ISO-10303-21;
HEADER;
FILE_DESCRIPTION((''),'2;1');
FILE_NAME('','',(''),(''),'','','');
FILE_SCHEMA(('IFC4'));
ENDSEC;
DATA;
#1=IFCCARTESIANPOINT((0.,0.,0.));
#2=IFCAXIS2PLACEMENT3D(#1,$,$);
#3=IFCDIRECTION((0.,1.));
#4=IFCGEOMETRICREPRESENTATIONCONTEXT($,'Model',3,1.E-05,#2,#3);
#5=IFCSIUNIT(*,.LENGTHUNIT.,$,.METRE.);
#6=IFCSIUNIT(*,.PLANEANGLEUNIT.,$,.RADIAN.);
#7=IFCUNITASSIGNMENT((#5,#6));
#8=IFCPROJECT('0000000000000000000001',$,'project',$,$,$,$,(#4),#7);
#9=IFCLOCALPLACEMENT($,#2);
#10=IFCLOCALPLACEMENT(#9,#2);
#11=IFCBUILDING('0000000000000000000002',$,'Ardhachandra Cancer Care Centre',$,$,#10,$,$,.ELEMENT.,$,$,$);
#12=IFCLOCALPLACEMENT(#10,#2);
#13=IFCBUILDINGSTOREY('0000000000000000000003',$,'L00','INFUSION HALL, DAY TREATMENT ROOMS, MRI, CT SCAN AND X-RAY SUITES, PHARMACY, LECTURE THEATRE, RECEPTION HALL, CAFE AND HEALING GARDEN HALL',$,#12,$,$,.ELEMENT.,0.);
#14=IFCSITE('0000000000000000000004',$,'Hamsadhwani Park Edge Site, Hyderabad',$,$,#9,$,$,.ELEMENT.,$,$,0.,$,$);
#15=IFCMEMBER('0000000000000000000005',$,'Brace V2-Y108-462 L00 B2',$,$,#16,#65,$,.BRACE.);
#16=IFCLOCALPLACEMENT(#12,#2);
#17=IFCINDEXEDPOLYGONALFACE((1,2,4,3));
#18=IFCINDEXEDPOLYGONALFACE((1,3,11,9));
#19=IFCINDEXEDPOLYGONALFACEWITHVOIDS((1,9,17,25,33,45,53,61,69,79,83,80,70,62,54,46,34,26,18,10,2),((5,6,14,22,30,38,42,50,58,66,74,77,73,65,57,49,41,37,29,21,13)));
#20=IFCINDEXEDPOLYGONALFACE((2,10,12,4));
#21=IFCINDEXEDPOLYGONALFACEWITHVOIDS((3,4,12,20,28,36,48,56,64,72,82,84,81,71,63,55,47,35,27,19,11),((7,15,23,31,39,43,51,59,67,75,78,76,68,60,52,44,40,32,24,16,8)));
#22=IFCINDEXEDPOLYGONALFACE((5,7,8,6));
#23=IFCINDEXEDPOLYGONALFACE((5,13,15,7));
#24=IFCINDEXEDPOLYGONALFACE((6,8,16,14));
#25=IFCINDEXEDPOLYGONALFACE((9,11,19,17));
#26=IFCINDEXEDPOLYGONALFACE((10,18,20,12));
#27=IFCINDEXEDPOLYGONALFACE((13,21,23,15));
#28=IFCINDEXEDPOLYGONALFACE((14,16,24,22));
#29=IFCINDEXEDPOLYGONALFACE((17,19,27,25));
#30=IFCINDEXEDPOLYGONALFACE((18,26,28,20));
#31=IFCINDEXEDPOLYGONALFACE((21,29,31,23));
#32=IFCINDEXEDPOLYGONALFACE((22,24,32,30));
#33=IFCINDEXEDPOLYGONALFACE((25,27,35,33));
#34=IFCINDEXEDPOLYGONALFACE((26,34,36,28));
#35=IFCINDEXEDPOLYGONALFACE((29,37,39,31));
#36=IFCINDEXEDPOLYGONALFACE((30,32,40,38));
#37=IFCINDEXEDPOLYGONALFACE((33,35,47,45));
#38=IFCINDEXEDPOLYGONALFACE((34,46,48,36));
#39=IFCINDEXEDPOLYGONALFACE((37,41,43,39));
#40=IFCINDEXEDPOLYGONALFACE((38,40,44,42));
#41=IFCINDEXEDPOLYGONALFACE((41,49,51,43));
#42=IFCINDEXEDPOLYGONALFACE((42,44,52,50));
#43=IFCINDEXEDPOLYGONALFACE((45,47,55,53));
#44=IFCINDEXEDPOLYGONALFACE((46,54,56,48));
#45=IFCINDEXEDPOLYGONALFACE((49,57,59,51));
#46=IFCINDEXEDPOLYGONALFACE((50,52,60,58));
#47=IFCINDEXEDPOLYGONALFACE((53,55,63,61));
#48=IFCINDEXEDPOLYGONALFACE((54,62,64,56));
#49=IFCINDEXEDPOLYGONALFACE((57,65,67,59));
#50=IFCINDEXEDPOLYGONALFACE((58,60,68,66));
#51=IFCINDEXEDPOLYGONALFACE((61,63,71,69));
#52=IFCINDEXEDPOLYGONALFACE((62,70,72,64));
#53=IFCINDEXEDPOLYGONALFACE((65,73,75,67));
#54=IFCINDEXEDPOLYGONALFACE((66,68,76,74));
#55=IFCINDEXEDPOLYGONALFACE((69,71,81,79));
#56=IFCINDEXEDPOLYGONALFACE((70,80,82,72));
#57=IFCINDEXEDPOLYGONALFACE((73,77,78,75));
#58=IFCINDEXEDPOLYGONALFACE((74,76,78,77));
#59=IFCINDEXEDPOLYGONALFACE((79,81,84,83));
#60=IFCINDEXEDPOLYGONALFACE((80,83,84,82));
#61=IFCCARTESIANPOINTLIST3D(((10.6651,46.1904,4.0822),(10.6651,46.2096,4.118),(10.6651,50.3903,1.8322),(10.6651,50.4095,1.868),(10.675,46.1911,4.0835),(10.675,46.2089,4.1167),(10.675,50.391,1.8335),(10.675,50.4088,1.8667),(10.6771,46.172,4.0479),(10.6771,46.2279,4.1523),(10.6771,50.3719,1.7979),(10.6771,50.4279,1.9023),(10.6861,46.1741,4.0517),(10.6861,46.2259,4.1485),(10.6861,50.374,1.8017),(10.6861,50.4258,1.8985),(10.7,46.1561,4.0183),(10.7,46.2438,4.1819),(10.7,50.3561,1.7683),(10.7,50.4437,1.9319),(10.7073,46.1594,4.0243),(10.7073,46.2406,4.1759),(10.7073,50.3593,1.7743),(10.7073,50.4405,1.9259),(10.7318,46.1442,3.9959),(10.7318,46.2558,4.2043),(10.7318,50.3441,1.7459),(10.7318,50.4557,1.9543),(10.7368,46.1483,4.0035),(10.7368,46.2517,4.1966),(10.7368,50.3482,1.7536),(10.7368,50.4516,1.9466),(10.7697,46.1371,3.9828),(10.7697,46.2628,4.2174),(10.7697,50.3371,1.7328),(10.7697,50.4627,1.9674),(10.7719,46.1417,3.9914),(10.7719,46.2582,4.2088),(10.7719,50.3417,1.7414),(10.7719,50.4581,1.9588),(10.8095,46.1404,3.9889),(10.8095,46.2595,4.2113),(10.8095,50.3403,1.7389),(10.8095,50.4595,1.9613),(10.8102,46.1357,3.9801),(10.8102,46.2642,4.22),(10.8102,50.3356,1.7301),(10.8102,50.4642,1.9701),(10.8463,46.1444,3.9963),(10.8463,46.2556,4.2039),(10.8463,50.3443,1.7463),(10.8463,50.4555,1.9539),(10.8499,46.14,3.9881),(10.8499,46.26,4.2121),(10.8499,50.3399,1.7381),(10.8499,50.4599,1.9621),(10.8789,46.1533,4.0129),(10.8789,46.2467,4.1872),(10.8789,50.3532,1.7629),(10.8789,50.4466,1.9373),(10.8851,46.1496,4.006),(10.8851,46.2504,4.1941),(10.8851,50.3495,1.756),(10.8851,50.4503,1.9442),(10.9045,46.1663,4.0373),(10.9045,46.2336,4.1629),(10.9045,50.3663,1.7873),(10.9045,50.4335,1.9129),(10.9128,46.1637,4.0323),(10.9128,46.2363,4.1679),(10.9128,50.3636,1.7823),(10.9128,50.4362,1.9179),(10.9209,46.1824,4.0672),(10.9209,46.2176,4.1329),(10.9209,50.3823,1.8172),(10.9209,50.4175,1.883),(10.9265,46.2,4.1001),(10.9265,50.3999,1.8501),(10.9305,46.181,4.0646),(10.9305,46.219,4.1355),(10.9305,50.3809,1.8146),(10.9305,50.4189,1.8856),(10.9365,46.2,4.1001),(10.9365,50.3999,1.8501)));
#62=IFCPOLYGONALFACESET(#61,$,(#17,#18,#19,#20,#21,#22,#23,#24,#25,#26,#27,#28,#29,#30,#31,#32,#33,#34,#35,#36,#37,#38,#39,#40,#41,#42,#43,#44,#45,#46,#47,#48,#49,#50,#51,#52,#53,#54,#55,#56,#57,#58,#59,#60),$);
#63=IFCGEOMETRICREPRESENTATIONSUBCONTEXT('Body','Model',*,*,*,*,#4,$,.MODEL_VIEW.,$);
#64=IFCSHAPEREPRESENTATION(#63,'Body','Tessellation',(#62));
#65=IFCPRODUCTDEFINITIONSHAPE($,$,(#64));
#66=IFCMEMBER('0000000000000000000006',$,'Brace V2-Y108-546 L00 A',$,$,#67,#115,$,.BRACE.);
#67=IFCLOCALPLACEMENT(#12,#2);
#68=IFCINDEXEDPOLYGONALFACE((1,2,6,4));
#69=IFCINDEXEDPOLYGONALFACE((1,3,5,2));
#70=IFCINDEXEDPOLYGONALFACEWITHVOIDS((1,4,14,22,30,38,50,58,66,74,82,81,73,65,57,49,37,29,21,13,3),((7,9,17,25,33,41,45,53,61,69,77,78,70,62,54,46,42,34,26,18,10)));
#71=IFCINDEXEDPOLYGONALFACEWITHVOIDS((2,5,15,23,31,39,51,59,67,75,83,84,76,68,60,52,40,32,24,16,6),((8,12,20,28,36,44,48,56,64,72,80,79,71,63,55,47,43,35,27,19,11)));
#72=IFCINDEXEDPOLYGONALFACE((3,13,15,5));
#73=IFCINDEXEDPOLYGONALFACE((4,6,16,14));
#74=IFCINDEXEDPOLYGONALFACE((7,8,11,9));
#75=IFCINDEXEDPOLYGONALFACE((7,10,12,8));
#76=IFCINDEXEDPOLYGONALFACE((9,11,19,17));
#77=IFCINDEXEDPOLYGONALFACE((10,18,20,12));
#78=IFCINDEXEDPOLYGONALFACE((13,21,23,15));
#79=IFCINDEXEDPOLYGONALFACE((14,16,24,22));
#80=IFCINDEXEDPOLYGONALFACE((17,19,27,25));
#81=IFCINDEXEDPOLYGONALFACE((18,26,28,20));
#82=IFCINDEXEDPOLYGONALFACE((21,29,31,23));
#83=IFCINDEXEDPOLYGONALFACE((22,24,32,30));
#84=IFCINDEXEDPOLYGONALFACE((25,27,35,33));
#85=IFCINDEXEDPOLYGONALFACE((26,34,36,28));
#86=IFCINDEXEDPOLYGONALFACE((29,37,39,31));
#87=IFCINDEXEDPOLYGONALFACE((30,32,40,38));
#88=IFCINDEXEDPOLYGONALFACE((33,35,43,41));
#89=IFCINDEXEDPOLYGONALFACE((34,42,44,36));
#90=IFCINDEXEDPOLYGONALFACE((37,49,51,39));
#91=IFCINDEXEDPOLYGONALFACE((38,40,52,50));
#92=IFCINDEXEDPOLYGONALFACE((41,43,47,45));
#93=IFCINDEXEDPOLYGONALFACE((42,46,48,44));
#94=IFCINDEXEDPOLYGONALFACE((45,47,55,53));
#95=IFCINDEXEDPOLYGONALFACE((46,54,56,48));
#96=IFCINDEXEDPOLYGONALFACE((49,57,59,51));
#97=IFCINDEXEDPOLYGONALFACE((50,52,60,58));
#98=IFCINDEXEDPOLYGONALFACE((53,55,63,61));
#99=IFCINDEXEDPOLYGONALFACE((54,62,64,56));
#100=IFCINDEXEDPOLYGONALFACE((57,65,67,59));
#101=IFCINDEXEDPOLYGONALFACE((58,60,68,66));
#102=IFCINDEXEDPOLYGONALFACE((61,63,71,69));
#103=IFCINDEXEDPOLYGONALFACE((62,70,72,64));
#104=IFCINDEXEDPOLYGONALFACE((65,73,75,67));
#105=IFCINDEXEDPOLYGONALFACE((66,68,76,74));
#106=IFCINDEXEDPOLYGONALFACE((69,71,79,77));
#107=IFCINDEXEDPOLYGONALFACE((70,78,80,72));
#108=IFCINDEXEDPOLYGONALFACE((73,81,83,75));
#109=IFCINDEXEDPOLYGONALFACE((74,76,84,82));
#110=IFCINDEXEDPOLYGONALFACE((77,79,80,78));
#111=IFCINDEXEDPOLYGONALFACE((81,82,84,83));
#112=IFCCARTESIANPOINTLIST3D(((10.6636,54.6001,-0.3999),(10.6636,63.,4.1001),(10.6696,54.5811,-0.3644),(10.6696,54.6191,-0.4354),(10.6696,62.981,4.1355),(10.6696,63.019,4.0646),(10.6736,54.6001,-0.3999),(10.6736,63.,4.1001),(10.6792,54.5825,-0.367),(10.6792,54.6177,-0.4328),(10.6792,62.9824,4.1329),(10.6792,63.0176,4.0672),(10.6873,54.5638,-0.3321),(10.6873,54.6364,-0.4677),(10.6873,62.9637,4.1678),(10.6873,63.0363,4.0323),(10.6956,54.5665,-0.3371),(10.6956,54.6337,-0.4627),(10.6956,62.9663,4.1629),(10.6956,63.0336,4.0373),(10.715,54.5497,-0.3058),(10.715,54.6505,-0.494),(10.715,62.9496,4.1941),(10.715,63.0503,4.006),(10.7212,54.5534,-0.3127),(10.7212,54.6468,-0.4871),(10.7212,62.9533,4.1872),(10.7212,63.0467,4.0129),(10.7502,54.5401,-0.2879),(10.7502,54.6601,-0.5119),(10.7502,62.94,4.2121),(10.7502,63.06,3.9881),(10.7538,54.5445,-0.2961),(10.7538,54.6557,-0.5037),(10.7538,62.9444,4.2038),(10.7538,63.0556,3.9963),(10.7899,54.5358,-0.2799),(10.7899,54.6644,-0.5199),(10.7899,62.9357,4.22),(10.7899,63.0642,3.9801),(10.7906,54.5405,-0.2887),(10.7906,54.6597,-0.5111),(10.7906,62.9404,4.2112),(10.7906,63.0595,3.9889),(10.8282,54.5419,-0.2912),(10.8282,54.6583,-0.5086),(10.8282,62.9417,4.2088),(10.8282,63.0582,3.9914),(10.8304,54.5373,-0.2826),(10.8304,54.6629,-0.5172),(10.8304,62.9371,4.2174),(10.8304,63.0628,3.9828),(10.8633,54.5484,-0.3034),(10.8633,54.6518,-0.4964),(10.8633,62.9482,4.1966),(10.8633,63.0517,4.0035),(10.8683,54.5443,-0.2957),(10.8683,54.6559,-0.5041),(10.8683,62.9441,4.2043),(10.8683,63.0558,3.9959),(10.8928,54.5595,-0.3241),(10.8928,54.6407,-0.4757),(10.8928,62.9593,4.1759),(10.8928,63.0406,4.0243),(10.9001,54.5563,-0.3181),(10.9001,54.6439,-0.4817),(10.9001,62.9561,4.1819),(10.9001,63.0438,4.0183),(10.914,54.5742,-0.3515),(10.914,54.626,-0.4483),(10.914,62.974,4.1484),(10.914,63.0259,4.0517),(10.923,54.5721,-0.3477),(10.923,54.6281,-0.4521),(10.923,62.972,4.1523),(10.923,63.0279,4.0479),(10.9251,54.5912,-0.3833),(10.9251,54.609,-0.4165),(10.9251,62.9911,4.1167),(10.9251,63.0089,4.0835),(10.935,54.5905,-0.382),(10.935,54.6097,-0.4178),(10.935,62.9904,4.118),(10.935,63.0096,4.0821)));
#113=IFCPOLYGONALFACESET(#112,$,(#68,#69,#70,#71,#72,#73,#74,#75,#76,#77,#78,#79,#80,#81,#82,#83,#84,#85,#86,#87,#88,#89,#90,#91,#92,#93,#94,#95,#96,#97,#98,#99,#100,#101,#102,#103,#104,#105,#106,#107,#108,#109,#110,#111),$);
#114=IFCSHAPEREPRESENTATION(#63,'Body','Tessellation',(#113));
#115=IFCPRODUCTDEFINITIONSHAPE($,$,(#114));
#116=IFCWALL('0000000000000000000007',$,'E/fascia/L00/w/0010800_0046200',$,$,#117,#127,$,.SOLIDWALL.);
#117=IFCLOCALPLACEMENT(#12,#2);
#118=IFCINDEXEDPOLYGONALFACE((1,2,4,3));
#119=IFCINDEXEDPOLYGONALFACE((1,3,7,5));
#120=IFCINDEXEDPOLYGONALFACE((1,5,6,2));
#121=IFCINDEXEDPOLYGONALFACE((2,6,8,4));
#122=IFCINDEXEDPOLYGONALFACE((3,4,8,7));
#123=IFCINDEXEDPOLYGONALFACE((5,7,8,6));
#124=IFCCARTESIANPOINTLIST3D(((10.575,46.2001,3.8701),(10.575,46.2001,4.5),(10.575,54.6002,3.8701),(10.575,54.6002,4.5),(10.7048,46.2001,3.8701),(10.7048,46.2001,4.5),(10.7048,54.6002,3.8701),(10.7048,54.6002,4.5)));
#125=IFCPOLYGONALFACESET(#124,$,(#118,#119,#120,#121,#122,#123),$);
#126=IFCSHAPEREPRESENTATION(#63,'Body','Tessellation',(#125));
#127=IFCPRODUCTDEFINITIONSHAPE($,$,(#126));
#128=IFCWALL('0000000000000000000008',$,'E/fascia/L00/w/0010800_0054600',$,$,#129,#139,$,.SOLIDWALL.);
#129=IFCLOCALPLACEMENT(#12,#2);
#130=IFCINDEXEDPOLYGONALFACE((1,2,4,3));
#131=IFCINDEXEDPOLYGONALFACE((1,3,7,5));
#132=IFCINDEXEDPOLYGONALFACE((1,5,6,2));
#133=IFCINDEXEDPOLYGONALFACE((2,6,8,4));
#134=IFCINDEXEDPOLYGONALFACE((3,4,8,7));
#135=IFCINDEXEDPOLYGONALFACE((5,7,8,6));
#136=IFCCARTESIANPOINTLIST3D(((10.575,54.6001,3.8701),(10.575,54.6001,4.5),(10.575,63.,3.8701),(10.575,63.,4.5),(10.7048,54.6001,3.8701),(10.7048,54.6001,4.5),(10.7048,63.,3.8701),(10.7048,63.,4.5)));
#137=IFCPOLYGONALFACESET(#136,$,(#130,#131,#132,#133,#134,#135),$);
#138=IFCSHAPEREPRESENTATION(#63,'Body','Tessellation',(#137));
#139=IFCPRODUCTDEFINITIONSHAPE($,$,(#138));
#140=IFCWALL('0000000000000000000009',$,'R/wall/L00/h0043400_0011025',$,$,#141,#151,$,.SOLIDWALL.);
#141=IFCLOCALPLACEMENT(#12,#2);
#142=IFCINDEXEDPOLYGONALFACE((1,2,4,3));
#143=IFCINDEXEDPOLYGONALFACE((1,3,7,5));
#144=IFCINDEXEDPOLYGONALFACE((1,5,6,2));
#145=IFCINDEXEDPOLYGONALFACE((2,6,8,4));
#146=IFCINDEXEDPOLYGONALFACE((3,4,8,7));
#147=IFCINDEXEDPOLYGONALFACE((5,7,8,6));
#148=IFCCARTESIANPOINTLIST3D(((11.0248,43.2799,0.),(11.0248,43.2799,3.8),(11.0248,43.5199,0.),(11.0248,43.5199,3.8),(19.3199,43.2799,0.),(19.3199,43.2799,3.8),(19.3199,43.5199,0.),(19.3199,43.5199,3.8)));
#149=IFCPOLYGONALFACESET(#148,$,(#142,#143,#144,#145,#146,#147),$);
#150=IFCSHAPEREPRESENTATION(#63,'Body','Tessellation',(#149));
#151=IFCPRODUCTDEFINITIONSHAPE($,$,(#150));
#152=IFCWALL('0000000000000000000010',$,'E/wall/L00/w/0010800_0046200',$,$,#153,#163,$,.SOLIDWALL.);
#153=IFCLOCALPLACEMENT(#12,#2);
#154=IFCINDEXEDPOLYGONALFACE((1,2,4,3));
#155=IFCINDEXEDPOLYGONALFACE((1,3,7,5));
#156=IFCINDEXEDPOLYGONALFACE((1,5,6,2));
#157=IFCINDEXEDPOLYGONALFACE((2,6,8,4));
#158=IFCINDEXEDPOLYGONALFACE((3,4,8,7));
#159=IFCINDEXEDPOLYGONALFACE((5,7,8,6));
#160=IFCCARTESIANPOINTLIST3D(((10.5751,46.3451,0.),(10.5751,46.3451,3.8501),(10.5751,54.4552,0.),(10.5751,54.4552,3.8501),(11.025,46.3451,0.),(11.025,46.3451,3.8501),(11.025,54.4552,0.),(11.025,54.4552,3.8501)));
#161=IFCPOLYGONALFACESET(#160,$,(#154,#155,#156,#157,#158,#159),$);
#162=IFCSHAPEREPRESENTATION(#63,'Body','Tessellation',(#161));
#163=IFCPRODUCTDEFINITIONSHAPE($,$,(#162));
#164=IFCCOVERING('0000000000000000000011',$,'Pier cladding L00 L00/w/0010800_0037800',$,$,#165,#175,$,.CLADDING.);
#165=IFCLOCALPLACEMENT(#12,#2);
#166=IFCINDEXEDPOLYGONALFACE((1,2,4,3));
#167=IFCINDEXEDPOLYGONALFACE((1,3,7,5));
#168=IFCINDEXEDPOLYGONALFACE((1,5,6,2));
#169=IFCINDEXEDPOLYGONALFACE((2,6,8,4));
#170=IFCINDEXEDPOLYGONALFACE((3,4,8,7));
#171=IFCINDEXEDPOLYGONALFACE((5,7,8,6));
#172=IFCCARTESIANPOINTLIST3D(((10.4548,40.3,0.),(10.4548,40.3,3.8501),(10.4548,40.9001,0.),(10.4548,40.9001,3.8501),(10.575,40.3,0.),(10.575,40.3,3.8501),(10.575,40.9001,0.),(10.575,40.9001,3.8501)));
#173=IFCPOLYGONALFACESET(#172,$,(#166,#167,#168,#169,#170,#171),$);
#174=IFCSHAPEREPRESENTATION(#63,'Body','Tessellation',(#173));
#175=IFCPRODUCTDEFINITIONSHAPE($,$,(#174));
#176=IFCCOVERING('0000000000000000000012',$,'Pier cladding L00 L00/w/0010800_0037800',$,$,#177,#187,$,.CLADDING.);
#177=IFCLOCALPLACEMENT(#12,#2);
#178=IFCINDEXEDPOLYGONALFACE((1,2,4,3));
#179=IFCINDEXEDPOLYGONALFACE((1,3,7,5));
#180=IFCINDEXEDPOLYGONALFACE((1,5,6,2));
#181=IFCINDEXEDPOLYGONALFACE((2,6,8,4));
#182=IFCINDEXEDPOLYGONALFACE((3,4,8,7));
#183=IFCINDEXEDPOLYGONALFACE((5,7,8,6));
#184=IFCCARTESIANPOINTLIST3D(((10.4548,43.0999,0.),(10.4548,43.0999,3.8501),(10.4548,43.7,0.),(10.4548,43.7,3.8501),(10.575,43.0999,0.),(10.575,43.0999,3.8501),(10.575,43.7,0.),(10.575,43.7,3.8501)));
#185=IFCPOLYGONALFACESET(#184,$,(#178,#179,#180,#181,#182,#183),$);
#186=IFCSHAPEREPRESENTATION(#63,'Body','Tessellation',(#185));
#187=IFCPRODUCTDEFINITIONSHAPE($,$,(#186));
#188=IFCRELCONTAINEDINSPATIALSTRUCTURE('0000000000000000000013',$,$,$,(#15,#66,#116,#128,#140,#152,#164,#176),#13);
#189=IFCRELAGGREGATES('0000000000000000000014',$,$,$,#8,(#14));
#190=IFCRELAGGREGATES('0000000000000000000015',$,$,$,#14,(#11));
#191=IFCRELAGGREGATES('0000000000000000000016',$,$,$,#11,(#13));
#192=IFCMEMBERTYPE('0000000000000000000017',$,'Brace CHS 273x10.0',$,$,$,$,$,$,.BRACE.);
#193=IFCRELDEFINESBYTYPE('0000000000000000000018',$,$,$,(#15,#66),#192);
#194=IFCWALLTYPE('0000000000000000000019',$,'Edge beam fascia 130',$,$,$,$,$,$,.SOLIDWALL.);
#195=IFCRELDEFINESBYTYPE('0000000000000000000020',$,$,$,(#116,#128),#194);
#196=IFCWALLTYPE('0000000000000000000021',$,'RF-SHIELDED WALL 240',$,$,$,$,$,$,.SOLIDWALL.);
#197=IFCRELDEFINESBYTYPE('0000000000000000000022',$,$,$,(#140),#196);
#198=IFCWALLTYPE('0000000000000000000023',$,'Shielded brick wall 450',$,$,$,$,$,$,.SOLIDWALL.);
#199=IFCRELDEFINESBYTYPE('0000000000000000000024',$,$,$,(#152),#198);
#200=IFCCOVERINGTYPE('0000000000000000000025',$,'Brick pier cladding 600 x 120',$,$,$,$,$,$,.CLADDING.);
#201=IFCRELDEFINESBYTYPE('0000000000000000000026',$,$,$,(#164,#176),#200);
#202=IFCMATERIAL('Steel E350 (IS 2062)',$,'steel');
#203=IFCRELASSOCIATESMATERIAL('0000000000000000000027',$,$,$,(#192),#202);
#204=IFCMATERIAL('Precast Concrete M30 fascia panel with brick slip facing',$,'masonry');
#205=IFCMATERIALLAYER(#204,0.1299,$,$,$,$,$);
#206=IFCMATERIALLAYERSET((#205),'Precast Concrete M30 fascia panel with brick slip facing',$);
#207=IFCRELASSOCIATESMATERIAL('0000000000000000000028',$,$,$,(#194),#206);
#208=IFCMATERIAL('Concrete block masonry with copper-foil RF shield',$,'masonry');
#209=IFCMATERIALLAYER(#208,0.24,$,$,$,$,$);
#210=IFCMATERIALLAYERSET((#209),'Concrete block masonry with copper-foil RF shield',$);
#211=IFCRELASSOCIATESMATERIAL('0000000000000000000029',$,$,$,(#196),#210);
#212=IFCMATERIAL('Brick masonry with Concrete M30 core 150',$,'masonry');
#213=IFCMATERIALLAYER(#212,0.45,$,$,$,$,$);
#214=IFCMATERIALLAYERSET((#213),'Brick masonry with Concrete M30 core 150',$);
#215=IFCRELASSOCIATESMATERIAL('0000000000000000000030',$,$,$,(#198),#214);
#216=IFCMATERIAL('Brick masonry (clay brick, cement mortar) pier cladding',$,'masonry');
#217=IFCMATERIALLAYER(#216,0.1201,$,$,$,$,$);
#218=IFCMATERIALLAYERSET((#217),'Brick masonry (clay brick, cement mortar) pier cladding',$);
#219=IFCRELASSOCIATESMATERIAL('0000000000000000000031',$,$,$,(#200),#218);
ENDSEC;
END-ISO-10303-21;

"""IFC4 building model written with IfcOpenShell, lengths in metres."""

from ifc_helpers import new_model, si_unit, direction, frame, frame_2d, origin, origin_2d, place, context, subcontext, project, spatial, rectangle, hollow_circle, extrude, material, layer, layer_set, material_profile, profile_set, type_object, element, save


model = new_model("IFC4")

# Units and contexts
model_context = context("Model", 3, precision=1e-05, world=origin(), true_north=direction((0.0, 1.0)))
body_context = subcontext(model_context, "Body", "Model", "MODEL_VIEW")
ifc_project = project(units=[si_unit("LENGTHUNIT", "METRE"), si_unit("PLANEANGLEUNIT", "RADIAN")], contexts=[model_context])

# Site, building, storey
site_placement = place(None, origin())
site = spatial("IfcSite", under=ifc_project, at=site_placement, Name="Hamsadhwani Park Edge Site, Hyderabad", CompositionType="ELEMENT", RefElevation=0.0)
building_placement = place(site_placement, origin())
building = spatial("IfcBuilding", under=site, at=building_placement, Name="Ardhachandra Cancer Care Centre", CompositionType="ELEMENT")
storey_placement = place(building_placement, origin())
storey = spatial("IfcBuildingStorey", under=building, at=storey_placement, Name="L00", Description="INFUSION HALL, DAY TREATMENT ROOMS, MRI, CT SCAN AND X-RAY SUITES, PHARMACY, LECTURE THEATRE, RECEPTION HALL, CAFE AND HEALING GARDEN HALL", CompositionType="ELEMENT", Elevation=0.0)

# Members
ifc_material_1 = material(Name="Steel E350 (IS 2062)", Category="steel")
ifc_material_profile_1 = material_profile(ifc_material_1, hollow_circle(Radius=0.1365, WallThickness=0.01, at=origin_2d()), Name="CHS 273x10.0")
ifc_profile_set_1 = profile_set([ifc_material_profile_1], Name="Steel E350 (IS 2062)")
member_type = type_object("IfcMemberType", Name="Brace CHS 273x10.0", PredefinedType="BRACE", material=ifc_profile_set_1)
member_1_placement = place(storey_placement, frame((10.8, 50.3999, 1.8501), z_axis=(0.0, -0.881478, 0.472226), x_axis=(1.0, 0.0, 0.0)))
element("IfcMember", 1, at=member_1_placement, inside=storey, type_object=member_type, Name="Brace V2-Y108-462 L00 B2", PredefinedType="BRACE", context=body_context, shape_type="SweptSolid", body=[
    extrude(hollow_circle(Radius=0.1365, WallThickness=0.01, at=origin_2d()), origin(), (0.0, 0.0, 1.0), 4.7646),
])
member_2_placement = place(storey_placement, frame((10.8, 54.6001, -0.3999), z_axis=(0.0, 0.881478, 0.472226), x_axis=(-1.0, 0.0, 0.0)))
element("IfcMember", 2, at=member_2_placement, inside=storey, type_object=member_type, Name="Brace V2-Y108-546 L00 A", PredefinedType="BRACE", context=body_context, shape_type="SweptSolid", body=[
    extrude(hollow_circle(Radius=0.1365, WallThickness=0.01, at=origin_2d()), origin(), (0.0, 0.0, 1.0), 9.5293),
])

# Walls
ifc_material_2 = material(Name="Precast Concrete M30 fascia panel with brick slip facing", Category="masonry")
ifc_layer_1 = layer(ifc_material_2, 0.1299)
ifc_layer_set_1 = layer_set([ifc_layer_1], Name="Precast Concrete M30 fascia panel with brick slip facing")
wall_type_1 = type_object("IfcWallType", Name="Edge beam fascia 130", PredefinedType="SOLIDWALL", material=ifc_layer_set_1)
wall_1_placement = place(storey_placement, frame((10.6399, 46.2, 3.8701), z_axis=(0.0, 0.0, 1.0), x_axis=(0.0, 1.0, 0.0)))
element("IfcWall", 3, at=wall_1_placement, inside=storey, type_object=wall_type_1, Name="E/fascia/L00/w/0010800_0046200", PredefinedType="SOLIDWALL", context=body_context, shape_type="SweptSolid", body=[
    extrude(rectangle(XDim=8.4001, YDim=0.1299, at=frame_2d((4.2002, 0.0))), origin(), (0.0, 0.0, 1.0), 0.6299),
])
wall_2_placement = place(storey_placement, frame((10.6399, 54.6001, 3.8701), z_axis=(0.0, 0.0, 1.0), x_axis=(0.0, 1.0, 0.0)))
element("IfcWall", 4, at=wall_2_placement, inside=storey, type_object=wall_type_1, Name="E/fascia/L00/w/0010800_0054600", PredefinedType="SOLIDWALL", context=body_context, shape_type="SweptSolid", body=[
    extrude(rectangle(XDim=8.3999, YDim=0.1299, at=frame_2d((4.2, 0.0))), origin(), (0.0, 0.0, 1.0), 0.6299),
])
ifc_material_3 = material(Name="Concrete block masonry with copper-foil RF shield", Category="masonry")
ifc_layer_2 = layer(ifc_material_3, 0.24)
ifc_layer_set_2 = layer_set([ifc_layer_2], Name="Concrete block masonry with copper-foil RF shield")
wall_type_2 = type_object("IfcWallType", Name="RF-SHIELDED WALL 240", PredefinedType="SOLIDWALL", material=ifc_layer_set_2)
wall_3_placement = place(storey_placement, frame((11.0249, 43.3999, 0.0), z_axis=(0.0, 0.0, 1.0), x_axis=(1.0, 0.0, 0.0)))
element("IfcWall", 5, at=wall_3_placement, inside=storey, type_object=wall_type_2, Name="R/wall/L00/h0043400_0011025", PredefinedType="SOLIDWALL", context=body_context, shape_type="SweptSolid", body=[
    extrude(rectangle(XDim=8.2952, YDim=0.24, at=frame_2d((4.1475, 0.0))), origin(), (0.0, 0.0, 1.0), 3.8),
])
ifc_material_4 = material(Name="Brick masonry with Concrete M30 core 150", Category="masonry")
ifc_layer_3 = layer(ifc_material_4, 0.45)
ifc_layer_set_3 = layer_set([ifc_layer_3], Name="Brick masonry with Concrete M30 core 150")
wall_type_3 = type_object("IfcWallType", Name="Shielded brick wall 450", PredefinedType="SOLIDWALL", material=ifc_layer_set_3)
wall_4_placement = place(storey_placement, frame((10.8, 46.345, 0.0), z_axis=(0.0, 0.0, 1.0), x_axis=(0.0, 1.0, 0.0)))
element("IfcWall", 6, at=wall_4_placement, inside=storey, type_object=wall_type_3, Name="E/wall/L00/w/0010800_0046200", PredefinedType="SOLIDWALL", context=body_context, shape_type="SweptSolid", body=[
    extrude(rectangle(XDim=8.1101, YDim=0.45, at=frame_2d((4.0552, 0.0))), origin(), (0.0, 0.0, 1.0), 3.8501),
])

# Coverings
ifc_material_5 = material(Name="Brick masonry (clay brick, cement mortar) pier cladding", Category="masonry")
ifc_layer_4 = layer(ifc_material_5, 0.1201)
ifc_layer_set_4 = layer_set([ifc_layer_4], Name="Brick masonry (clay brick, cement mortar) pier cladding")
covering_type_1 = type_object("IfcCoveringType", Name="Brick pier cladding 600 x 120", PredefinedType="CLADDING", material=ifc_layer_set_4)
for number, where, z_axis, x_axis, name in (
    (7, (10.5149, 40.6001, 0.0), (0.0, 0.0, 1.0), (0.0, 1.0, 0.0), "Pier cladding L00 L00/w/0010800_0037800"),
    (8, (10.5149, 43.3999, 0.0), (0.0, 0.0, 1.0), (0.0, 1.0, 0.0), "Pier cladding L00 L00/w/0010800_0037800"),
):
    element("IfcCovering", number, at=place(storey_placement, frame(where, z_axis=z_axis, x_axis=x_axis)), inside=storey, type_object=covering_type_1, Name=name, PredefinedType="CLADDING", context=body_context, shape_type="SweptSolid", body=[
        extrude(rectangle(XDim=0.6001, YDim=0.1201, at=origin_2d()), origin(), (0.0, 0.0, 1.0), 3.8501),
    ])

save(model, "model.ifc")
